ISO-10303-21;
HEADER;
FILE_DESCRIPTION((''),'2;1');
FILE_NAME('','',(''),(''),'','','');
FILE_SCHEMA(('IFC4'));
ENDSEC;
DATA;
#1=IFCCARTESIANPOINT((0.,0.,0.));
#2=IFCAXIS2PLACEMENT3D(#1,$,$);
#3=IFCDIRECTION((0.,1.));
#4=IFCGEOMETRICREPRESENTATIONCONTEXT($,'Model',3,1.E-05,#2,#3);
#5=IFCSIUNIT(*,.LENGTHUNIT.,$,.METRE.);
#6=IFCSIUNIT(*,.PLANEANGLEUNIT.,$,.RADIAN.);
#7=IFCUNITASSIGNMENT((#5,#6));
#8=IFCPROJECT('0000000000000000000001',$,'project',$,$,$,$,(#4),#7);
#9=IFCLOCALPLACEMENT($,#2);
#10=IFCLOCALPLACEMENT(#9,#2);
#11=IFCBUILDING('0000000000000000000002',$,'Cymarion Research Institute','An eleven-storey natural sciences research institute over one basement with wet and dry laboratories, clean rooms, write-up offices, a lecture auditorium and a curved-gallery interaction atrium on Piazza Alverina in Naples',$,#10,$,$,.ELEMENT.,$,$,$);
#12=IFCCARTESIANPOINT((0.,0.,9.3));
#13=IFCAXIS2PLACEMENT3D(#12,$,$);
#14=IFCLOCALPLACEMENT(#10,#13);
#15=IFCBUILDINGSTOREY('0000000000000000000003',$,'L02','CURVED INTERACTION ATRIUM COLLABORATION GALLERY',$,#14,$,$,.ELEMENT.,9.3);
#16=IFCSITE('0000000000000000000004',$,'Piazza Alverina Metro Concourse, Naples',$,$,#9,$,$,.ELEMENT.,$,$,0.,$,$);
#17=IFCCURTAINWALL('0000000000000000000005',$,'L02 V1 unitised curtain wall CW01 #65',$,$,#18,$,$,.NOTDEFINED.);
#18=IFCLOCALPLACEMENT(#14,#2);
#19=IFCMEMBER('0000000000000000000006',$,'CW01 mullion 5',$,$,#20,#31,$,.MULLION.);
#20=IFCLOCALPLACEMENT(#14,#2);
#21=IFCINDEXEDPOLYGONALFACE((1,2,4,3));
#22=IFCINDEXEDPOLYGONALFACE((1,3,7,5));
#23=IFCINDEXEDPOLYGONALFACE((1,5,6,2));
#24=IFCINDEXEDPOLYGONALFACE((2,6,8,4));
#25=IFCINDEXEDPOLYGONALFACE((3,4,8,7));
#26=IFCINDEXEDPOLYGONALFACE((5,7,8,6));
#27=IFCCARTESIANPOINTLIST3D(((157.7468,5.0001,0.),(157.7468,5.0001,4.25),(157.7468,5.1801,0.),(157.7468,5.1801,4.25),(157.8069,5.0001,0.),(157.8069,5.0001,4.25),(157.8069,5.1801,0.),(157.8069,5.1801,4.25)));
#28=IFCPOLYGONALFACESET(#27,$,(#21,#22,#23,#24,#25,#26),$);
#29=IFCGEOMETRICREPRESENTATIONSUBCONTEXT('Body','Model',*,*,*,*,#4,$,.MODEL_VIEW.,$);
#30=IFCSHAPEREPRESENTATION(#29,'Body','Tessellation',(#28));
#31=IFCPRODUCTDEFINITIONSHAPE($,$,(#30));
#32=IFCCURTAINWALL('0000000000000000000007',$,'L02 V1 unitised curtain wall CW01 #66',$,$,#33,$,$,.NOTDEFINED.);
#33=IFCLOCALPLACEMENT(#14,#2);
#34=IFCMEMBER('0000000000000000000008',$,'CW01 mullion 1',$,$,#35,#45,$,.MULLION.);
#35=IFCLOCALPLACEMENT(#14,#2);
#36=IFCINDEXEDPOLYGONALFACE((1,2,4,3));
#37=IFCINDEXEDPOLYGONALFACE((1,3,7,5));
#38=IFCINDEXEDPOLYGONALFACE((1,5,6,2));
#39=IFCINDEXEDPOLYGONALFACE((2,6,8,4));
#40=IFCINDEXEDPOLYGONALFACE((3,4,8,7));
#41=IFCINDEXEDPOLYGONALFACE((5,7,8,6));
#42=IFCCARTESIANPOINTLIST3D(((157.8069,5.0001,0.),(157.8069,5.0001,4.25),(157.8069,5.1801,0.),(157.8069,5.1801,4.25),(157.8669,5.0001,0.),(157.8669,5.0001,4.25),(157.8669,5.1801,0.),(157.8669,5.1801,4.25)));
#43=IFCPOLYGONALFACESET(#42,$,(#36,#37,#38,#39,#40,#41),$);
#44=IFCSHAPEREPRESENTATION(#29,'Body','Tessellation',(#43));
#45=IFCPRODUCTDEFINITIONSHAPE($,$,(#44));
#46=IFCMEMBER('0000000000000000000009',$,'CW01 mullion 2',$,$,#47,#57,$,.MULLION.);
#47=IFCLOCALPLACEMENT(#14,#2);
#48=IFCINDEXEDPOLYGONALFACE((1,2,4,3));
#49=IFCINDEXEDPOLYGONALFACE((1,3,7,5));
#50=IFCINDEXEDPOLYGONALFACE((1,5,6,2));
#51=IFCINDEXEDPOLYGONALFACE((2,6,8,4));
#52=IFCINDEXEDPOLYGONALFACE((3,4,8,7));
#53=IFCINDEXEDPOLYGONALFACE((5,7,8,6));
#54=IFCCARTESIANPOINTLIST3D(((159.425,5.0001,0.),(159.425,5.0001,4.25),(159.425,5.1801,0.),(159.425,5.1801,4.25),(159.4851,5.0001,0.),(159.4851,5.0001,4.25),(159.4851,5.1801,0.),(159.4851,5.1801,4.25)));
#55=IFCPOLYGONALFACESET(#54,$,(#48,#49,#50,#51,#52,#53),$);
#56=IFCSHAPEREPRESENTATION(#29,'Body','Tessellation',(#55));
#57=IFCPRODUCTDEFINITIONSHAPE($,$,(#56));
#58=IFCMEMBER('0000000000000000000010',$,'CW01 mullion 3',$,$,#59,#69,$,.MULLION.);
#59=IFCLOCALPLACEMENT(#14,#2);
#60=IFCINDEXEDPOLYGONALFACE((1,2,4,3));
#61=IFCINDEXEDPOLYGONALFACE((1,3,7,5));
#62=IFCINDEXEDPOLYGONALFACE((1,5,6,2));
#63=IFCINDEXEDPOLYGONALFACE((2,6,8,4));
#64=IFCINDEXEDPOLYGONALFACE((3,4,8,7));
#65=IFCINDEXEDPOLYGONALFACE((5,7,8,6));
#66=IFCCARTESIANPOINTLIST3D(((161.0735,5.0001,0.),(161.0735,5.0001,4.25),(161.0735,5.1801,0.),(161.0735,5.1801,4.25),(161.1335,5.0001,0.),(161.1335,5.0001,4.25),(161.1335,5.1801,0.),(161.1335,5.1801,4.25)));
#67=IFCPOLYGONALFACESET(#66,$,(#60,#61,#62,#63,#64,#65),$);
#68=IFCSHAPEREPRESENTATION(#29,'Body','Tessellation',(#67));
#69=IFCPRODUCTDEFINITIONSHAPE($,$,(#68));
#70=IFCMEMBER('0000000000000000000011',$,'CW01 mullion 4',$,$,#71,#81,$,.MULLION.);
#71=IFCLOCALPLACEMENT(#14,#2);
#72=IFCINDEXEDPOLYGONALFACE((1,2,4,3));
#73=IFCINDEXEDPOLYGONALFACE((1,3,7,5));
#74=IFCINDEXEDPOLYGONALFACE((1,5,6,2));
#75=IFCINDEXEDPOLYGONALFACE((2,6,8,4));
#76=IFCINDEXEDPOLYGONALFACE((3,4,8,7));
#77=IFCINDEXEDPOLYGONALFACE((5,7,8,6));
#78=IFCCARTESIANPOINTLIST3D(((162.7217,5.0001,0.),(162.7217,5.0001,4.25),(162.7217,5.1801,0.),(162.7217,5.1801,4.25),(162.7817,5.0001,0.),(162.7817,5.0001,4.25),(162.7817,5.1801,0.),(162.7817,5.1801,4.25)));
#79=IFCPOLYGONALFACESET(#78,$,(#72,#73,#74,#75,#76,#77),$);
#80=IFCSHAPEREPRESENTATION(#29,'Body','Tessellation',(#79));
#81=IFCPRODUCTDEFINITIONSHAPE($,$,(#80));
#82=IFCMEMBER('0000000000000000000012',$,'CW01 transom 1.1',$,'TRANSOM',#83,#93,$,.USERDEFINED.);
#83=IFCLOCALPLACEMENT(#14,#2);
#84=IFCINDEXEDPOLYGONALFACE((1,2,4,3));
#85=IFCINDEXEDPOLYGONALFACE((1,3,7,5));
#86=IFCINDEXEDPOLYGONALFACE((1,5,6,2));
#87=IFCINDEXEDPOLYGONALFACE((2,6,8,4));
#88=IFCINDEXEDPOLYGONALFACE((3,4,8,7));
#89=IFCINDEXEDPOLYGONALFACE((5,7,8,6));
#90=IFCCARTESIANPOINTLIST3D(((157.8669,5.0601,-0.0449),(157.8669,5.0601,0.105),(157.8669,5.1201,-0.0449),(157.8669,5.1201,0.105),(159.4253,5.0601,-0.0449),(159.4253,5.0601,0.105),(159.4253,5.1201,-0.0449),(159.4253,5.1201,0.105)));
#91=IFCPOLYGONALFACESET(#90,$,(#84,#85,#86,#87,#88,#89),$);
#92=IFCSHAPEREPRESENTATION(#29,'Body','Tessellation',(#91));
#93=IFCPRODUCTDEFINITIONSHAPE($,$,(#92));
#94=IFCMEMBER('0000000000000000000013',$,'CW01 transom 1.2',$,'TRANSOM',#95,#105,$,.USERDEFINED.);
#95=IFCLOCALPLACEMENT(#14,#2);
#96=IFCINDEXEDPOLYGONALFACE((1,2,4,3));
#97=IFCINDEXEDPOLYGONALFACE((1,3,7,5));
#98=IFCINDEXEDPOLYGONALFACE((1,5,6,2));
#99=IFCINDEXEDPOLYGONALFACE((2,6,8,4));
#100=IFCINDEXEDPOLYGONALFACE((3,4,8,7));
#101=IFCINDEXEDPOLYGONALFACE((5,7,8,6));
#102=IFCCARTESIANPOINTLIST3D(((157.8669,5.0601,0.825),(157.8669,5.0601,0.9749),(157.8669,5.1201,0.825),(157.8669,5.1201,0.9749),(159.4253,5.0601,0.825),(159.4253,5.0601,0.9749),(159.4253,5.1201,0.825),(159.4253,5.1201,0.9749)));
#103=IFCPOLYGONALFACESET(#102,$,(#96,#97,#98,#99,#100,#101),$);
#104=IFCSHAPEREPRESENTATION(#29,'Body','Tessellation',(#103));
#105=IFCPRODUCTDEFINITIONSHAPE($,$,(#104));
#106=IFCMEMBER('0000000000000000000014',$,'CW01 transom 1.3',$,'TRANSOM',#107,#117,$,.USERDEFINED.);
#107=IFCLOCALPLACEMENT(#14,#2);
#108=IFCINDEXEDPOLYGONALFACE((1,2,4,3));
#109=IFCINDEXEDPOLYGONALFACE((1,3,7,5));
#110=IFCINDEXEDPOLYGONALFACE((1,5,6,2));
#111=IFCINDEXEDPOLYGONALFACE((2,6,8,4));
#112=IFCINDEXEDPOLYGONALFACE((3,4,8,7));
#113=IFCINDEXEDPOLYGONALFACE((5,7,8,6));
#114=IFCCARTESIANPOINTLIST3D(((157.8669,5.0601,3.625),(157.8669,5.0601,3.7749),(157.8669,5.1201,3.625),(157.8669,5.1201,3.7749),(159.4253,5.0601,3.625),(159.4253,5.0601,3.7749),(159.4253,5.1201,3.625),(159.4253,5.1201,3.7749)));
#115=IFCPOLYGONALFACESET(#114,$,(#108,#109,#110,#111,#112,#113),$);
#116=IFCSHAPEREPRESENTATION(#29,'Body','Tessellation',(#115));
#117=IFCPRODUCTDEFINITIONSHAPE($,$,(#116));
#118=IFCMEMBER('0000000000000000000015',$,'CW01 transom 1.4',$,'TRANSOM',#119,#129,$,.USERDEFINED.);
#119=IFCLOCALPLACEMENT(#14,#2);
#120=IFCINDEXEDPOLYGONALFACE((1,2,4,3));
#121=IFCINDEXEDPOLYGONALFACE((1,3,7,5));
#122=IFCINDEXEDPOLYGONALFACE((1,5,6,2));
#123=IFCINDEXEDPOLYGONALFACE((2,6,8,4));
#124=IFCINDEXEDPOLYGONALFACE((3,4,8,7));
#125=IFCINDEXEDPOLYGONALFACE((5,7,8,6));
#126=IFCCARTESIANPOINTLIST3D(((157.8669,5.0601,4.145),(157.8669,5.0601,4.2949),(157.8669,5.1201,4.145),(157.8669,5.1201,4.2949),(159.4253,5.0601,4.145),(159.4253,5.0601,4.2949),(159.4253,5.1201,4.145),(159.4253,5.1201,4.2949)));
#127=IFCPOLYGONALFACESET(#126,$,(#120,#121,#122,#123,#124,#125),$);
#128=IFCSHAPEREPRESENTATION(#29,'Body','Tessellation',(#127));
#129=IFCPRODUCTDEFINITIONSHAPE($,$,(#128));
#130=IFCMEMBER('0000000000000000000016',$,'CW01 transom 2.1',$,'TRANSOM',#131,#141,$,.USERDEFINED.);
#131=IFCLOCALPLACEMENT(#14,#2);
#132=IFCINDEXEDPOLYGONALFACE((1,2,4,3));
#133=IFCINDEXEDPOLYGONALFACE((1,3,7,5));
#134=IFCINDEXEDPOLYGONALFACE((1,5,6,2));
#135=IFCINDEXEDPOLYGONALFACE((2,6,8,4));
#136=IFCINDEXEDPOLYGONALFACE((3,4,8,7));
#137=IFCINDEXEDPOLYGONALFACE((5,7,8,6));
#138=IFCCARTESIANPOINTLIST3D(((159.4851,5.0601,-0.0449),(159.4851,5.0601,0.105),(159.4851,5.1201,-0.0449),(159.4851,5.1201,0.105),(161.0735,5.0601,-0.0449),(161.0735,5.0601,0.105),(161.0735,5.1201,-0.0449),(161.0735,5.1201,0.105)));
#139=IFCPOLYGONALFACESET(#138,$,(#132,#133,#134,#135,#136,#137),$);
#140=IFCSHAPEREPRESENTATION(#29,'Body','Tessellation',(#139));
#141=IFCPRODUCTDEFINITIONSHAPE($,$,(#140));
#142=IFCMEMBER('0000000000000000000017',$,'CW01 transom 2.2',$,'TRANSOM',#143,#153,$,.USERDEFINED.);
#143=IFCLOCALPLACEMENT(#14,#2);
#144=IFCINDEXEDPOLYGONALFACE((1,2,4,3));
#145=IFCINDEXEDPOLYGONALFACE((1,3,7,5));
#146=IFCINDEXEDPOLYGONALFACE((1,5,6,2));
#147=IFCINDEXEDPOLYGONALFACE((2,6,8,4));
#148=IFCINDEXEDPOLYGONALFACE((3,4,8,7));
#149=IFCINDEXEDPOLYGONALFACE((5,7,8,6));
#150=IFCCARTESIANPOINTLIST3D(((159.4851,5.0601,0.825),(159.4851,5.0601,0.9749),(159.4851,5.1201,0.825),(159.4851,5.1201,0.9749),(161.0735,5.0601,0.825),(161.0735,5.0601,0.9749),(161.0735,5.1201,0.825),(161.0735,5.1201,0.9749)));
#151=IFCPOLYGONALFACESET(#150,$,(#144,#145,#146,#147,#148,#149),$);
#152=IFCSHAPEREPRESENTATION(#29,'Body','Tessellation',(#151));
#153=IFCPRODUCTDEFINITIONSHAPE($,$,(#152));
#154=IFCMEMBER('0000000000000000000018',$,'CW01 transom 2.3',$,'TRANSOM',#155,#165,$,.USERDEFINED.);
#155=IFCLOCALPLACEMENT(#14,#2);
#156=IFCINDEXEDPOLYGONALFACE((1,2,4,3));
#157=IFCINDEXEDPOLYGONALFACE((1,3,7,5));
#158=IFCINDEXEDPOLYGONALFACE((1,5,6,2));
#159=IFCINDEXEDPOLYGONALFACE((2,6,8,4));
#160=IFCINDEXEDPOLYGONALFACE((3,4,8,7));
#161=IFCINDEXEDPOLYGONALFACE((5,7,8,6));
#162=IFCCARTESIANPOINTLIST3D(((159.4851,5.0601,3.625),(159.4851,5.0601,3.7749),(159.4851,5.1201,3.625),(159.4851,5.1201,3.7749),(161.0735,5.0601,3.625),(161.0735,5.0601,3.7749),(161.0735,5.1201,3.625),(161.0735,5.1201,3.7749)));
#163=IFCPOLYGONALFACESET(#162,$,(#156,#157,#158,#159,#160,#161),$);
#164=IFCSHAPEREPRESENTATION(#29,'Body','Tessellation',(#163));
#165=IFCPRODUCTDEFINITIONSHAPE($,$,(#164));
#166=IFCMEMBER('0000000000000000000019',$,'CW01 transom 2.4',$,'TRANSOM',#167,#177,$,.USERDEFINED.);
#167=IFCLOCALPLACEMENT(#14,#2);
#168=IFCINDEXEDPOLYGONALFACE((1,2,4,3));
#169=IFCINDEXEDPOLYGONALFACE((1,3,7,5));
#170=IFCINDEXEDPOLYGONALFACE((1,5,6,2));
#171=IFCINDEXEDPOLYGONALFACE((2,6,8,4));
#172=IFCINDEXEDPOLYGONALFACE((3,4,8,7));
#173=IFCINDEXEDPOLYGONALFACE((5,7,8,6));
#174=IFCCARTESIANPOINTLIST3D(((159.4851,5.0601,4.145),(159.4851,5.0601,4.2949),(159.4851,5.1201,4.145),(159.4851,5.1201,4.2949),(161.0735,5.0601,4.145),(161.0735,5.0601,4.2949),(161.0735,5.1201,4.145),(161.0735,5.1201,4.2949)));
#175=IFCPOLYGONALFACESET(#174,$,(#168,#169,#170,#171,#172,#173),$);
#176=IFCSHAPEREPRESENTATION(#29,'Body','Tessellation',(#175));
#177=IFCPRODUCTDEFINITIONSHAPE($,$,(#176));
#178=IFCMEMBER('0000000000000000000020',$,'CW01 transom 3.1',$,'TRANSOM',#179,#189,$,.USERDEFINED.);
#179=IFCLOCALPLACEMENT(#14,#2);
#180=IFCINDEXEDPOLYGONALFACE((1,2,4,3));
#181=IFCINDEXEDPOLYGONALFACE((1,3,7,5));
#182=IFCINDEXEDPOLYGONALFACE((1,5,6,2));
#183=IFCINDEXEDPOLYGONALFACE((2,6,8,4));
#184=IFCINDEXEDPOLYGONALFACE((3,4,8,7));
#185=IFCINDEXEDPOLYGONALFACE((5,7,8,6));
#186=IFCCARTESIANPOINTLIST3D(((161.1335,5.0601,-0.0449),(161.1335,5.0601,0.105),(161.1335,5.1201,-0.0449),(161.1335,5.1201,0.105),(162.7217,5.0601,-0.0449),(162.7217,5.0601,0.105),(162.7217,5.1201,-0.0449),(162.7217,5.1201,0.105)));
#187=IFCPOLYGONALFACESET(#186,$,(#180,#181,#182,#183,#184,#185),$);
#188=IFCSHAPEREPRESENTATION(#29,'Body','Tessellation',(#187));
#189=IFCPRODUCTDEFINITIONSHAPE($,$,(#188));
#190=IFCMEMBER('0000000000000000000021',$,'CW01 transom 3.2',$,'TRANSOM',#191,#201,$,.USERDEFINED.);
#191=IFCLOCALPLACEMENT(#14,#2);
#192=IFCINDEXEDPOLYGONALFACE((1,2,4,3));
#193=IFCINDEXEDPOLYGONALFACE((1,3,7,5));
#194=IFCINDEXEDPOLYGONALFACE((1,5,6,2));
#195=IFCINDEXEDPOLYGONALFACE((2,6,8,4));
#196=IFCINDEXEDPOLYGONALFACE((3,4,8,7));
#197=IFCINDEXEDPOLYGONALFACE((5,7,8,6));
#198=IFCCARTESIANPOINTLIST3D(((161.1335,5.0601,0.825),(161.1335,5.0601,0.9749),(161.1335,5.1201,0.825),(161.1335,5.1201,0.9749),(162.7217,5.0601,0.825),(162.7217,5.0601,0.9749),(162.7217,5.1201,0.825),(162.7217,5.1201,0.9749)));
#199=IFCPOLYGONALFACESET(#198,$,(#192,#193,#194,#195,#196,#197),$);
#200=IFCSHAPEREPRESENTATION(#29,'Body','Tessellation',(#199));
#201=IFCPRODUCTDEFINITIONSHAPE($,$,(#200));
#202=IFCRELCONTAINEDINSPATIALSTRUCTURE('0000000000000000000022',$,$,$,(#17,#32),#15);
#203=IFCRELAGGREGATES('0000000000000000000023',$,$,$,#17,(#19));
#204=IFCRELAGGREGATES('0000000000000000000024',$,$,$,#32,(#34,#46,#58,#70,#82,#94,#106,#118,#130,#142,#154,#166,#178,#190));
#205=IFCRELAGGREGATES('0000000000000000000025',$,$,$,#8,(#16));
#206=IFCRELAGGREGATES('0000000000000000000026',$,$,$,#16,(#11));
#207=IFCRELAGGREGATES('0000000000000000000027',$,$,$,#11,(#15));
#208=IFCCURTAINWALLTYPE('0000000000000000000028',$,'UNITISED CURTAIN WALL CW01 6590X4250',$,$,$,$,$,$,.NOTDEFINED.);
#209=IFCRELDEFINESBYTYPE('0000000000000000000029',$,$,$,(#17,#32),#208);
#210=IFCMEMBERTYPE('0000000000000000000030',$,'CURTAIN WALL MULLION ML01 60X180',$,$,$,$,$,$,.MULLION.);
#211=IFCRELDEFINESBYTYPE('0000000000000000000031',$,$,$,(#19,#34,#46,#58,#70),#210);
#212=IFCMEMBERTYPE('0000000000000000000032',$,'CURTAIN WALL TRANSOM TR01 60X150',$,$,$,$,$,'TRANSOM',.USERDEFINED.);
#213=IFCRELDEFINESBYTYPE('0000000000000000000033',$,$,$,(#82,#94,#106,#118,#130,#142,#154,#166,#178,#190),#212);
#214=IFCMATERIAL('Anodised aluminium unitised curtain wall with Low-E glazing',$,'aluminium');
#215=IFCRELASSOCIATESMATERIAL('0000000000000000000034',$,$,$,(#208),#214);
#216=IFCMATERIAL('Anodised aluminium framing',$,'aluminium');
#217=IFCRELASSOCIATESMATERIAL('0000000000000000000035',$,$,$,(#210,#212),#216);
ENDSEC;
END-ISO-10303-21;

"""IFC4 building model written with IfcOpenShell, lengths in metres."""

from ifc_helpers import new_model, si_unit, direction, frame, origin, origin_2d, place, context, subcontext, project, spatial, rectangle, extrude, material, material_profile, profile_set, type_object, element, aggregate, save


model = new_model("IFC4")

# Units and contexts
model_context = context("Model", 3, precision=1e-05, world=origin(), true_north=direction((0.0, 1.0)))
body_context = subcontext(model_context, "Body", "Model", "MODEL_VIEW")
ifc_project = project(units=[si_unit("LENGTHUNIT", "METRE"), si_unit("PLANEANGLEUNIT", "RADIAN")], contexts=[model_context])

# Site, building, storey
site_placement = place(None, origin())
site = spatial("IfcSite", under=ifc_project, at=site_placement, Name="Piazza Alverina Metro Concourse, Naples", CompositionType="ELEMENT", RefElevation=0.0)
building_placement = place(site_placement, origin())
building = spatial("IfcBuilding", under=site, at=building_placement, Name="Cymarion Research Institute", Description="An eleven-storey natural sciences research institute over one basement with wet and dry laboratories, clean rooms, write-up offices, a lecture auditorium and a curved-gallery interaction atrium on Piazza Alverina in Naples", CompositionType="ELEMENT")
storey_placement = place(building_placement, frame((0.0, 0.0, 9.3)))
storey = spatial("IfcBuildingStorey", under=building, at=storey_placement, Name="L02", Description="CURVED INTERACTION ATRIUM COLLABORATION GALLERY", CompositionType="ELEMENT", Elevation=9.3)

# Curtain wall, member
ifc_material_1 = material(Name="Anodised aluminium unitised curtain wall with Low-E glazing", Category="aluminium")
curtain_wall_type = type_object("IfcCurtainWallType", Name="UNITISED CURTAIN WALL CW01 6590X4250", PredefinedType="NOTDEFINED", material=ifc_material_1)
curtain_wall_1_placement = place(storey_placement, origin())
curtain_wall_1 = element("IfcCurtainWall", 1, at=curtain_wall_1_placement, inside=storey, type_object=curtain_wall_type, Name="L02 V1 unitised curtain wall CW01 #65", PredefinedType="NOTDEFINED")
ifc_material_2 = material(Name="Anodised aluminium framing", Category="aluminium")
ifc_material_profile_1 = material_profile(ifc_material_2, rectangle(XDim=0.0601, YDim=0.1799, at=origin_2d()), Name="ALU MULLION 60x180")
ifc_profile_set_1 = profile_set([ifc_material_profile_1], Name="Anodised aluminium framing")
member_type_1 = type_object("IfcMemberType", Name="CURTAIN WALL MULLION ML01 60X180", PredefinedType="MULLION", material=ifc_profile_set_1)
member_1_placement = place(storey_placement, frame((157.7769, 5.0901, 0.0), z_axis=(0.0, 0.0, 1.0), x_axis=(1.0, 0.0, 0.0)))
member_1 = element("IfcMember", 2, at=member_1_placement, type_object=member_type_1, Name="CW01 mullion 5", PredefinedType="MULLION", context=body_context, shape_type="SweptSolid", body=[
    extrude(rectangle(XDim=0.0601, YDim=0.1799, at=origin_2d()), origin(), (0.0, 0.0, 1.0), 4.25),
])

# Curtain wall, members
curtain_wall_2_placement = place(storey_placement, origin())
curtain_wall_2 = element("IfcCurtainWall", 3, at=curtain_wall_2_placement, inside=storey, type_object=curtain_wall_type, Name="L02 V1 unitised curtain wall CW01 #66", PredefinedType="NOTDEFINED")
member_2_placement = place(storey_placement, frame((157.8369, 5.0901, 0.0), z_axis=(0.0, 0.0, 1.0), x_axis=(1.0, 0.0, 0.0)))
member_2 = element("IfcMember", 4, at=member_2_placement, type_object=member_type_1, Name="CW01 mullion 1", PredefinedType="MULLION", context=body_context, shape_type="SweptSolid", body=[
    extrude(rectangle(XDim=0.0601, YDim=0.1799, at=origin_2d()), origin(), (0.0, 0.0, 1.0), 4.25),
])
member_3_placement = place(storey_placement, frame((159.4551, 5.0901, 0.0), z_axis=(0.0, 0.0, 1.0), x_axis=(1.0, 0.0, 0.0)))
member_3 = element("IfcMember", 5, at=member_3_placement, type_object=member_type_1, Name="CW01 mullion 2", PredefinedType="MULLION", context=body_context, shape_type="SweptSolid", body=[
    extrude(rectangle(XDim=0.0601, YDim=0.1799, at=origin_2d()), origin(), (0.0, 0.0, 1.0), 4.25),
])
member_4_placement = place(storey_placement, frame((161.1035, 5.0901, 0.0), z_axis=(0.0, 0.0, 1.0), x_axis=(1.0, 0.0, 0.0)))
member_4 = element("IfcMember", 6, at=member_4_placement, type_object=member_type_1, Name="CW01 mullion 3", PredefinedType="MULLION", context=body_context, shape_type="SweptSolid", body=[
    extrude(rectangle(XDim=0.0601, YDim=0.1799, at=origin_2d()), origin(), (0.0, 0.0, 1.0), 4.25),
])
member_5_placement = place(storey_placement, frame((162.7517, 5.0901, 0.0), z_axis=(0.0, 0.0, 1.0), x_axis=(1.0, 0.0, 0.0)))
member_5 = element("IfcMember", 7, at=member_5_placement, type_object=member_type_1, Name="CW01 mullion 4", PredefinedType="MULLION", context=body_context, shape_type="SweptSolid", body=[
    extrude(rectangle(XDim=0.0601, YDim=0.1799, at=origin_2d()), origin(), (0.0, 0.0, 1.0), 4.25),
])
ifc_material_profile_2 = material_profile(ifc_material_2, rectangle(XDim=0.0601, YDim=0.1499, at=origin_2d()), Name="ALU TRANSOM 60x150")
ifc_profile_set_2 = profile_set([ifc_material_profile_2], Name="Anodised aluminium framing")
member_type_2 = type_object("IfcMemberType", Name="CURTAIN WALL TRANSOM TR01 60X150", ElementType="TRANSOM", PredefinedType="USERDEFINED", material=ifc_profile_set_2)
member_6_placement = place(storey_placement, frame((157.8669, 5.0901, 0.03), z_axis=(1.0, 0.0, 0.0), x_axis=(0.0, 1.0, 0.0)))
member_6 = element("IfcMember", 8, at=member_6_placement, type_object=member_type_2, Name="CW01 transom 1.1", ObjectType="TRANSOM", PredefinedType="USERDEFINED", context=body_context, shape_type="SweptSolid", body=[
    extrude(rectangle(XDim=0.0601, YDim=0.1499, at=origin_2d()), origin(), (0.0, 0.0, 1.0), 1.5583),
])
member_7_placement = place(storey_placement, frame((157.8669, 5.0901, 0.8999), z_axis=(1.0, 0.0, 0.0), x_axis=(0.0, 1.0, 0.0)))
member_7 = element("IfcMember", 9, at=member_7_placement, type_object=member_type_2, Name="CW01 transom 1.2", ObjectType="TRANSOM", PredefinedType="USERDEFINED", context=body_context, shape_type="SweptSolid", body=[
    extrude(rectangle(XDim=0.0601, YDim=0.1499, at=origin_2d()), origin(), (0.0, 0.0, 1.0), 1.5583),
])
member_8_placement = place(storey_placement, frame((157.8669, 5.0901, 3.7), z_axis=(1.0, 0.0, 0.0), x_axis=(0.0, 1.0, 0.0)))
member_8 = element("IfcMember", 10, at=member_8_placement, type_object=member_type_2, Name="CW01 transom 1.3", ObjectType="TRANSOM", PredefinedType="USERDEFINED", context=body_context, shape_type="SweptSolid", body=[
    extrude(rectangle(XDim=0.0601, YDim=0.1499, at=origin_2d()), origin(), (0.0, 0.0, 1.0), 1.5583),
])
member_9_placement = place(storey_placement, frame((157.8669, 5.0901, 4.22), z_axis=(1.0, 0.0, 0.0), x_axis=(0.0, 1.0, 0.0)))
member_9 = element("IfcMember", 11, at=member_9_placement, type_object=member_type_2, Name="CW01 transom 1.4", ObjectType="TRANSOM", PredefinedType="USERDEFINED", context=body_context, shape_type="SweptSolid", body=[
    extrude(rectangle(XDim=0.0601, YDim=0.1499, at=origin_2d()), origin(), (0.0, 0.0, 1.0), 1.5583),
])
member_10_placement = place(storey_placement, frame((159.4851, 5.0901, 0.03), z_axis=(1.0, 0.0, 0.0), x_axis=(0.0, 1.0, 0.0)))
member_10 = element("IfcMember", 12, at=member_10_placement, type_object=member_type_2, Name="CW01 transom 2.1", ObjectType="TRANSOM", PredefinedType="USERDEFINED", context=body_context, shape_type="SweptSolid", body=[
    extrude(rectangle(XDim=0.0601, YDim=0.1499, at=origin_2d()), origin(), (0.0, 0.0, 1.0), 1.5884),
])
member_11_placement = place(storey_placement, frame((159.4851, 5.0901, 0.8999), z_axis=(1.0, 0.0, 0.0), x_axis=(0.0, 1.0, 0.0)))
member_11 = element("IfcMember", 13, at=member_11_placement, type_object=member_type_2, Name="CW01 transom 2.2", ObjectType="TRANSOM", PredefinedType="USERDEFINED", context=body_context, shape_type="SweptSolid", body=[
    extrude(rectangle(XDim=0.0601, YDim=0.1499, at=origin_2d()), origin(), (0.0, 0.0, 1.0), 1.5884),
])
member_12_placement = place(storey_placement, frame((159.4851, 5.0901, 3.7), z_axis=(1.0, 0.0, 0.0), x_axis=(0.0, 1.0, 0.0)))
member_12 = element("IfcMember", 14, at=member_12_placement, type_object=member_type_2, Name="CW01 transom 2.3", ObjectType="TRANSOM", PredefinedType="USERDEFINED", context=body_context, shape_type="SweptSolid", body=[
    extrude(rectangle(XDim=0.0601, YDim=0.1499, at=origin_2d()), origin(), (0.0, 0.0, 1.0), 1.5884),
])
member_13_placement = place(storey_placement, frame((159.4851, 5.0901, 4.22), z_axis=(1.0, 0.0, 0.0), x_axis=(0.0, 1.0, 0.0)))
member_13 = element("IfcMember", 15, at=member_13_placement, type_object=member_type_2, Name="CW01 transom 2.4", ObjectType="TRANSOM", PredefinedType="USERDEFINED", context=body_context, shape_type="SweptSolid", body=[
    extrude(rectangle(XDim=0.0601, YDim=0.1499, at=origin_2d()), origin(), (0.0, 0.0, 1.0), 1.5884),
])
member_14_placement = place(storey_placement, frame((161.1335, 5.0901, 0.03), z_axis=(1.0, 0.0, 0.0), x_axis=(0.0, 1.0, 0.0)))
member_14 = element("IfcMember", 16, at=member_14_placement, type_object=member_type_2, Name="CW01 transom 3.1", ObjectType="TRANSOM", PredefinedType="USERDEFINED", context=body_context, shape_type="SweptSolid", body=[
    extrude(rectangle(XDim=0.0601, YDim=0.1499, at=origin_2d()), origin(), (0.0, 0.0, 1.0), 1.5881),
])
member_15_placement = place(storey_placement, frame((161.1335, 5.0901, 0.8999), z_axis=(1.0, 0.0, 0.0), x_axis=(0.0, 1.0, 0.0)))
member_15 = element("IfcMember", 17, at=member_15_placement, type_object=member_type_2, Name="CW01 transom 3.2", ObjectType="TRANSOM", PredefinedType="USERDEFINED", context=body_context, shape_type="SweptSolid", body=[
    extrude(rectangle(XDim=0.0601, YDim=0.1499, at=origin_2d()), origin(), (0.0, 0.0, 1.0), 1.5881),
])

aggregate(curtain_wall_1, [member_1])
aggregate(curtain_wall_2, [member_2, member_3, member_4, member_5, member_6, member_7, member_8, member_9, member_10, member_11, member_12, member_13, member_14, member_15])

save(model, "model.ifc")
